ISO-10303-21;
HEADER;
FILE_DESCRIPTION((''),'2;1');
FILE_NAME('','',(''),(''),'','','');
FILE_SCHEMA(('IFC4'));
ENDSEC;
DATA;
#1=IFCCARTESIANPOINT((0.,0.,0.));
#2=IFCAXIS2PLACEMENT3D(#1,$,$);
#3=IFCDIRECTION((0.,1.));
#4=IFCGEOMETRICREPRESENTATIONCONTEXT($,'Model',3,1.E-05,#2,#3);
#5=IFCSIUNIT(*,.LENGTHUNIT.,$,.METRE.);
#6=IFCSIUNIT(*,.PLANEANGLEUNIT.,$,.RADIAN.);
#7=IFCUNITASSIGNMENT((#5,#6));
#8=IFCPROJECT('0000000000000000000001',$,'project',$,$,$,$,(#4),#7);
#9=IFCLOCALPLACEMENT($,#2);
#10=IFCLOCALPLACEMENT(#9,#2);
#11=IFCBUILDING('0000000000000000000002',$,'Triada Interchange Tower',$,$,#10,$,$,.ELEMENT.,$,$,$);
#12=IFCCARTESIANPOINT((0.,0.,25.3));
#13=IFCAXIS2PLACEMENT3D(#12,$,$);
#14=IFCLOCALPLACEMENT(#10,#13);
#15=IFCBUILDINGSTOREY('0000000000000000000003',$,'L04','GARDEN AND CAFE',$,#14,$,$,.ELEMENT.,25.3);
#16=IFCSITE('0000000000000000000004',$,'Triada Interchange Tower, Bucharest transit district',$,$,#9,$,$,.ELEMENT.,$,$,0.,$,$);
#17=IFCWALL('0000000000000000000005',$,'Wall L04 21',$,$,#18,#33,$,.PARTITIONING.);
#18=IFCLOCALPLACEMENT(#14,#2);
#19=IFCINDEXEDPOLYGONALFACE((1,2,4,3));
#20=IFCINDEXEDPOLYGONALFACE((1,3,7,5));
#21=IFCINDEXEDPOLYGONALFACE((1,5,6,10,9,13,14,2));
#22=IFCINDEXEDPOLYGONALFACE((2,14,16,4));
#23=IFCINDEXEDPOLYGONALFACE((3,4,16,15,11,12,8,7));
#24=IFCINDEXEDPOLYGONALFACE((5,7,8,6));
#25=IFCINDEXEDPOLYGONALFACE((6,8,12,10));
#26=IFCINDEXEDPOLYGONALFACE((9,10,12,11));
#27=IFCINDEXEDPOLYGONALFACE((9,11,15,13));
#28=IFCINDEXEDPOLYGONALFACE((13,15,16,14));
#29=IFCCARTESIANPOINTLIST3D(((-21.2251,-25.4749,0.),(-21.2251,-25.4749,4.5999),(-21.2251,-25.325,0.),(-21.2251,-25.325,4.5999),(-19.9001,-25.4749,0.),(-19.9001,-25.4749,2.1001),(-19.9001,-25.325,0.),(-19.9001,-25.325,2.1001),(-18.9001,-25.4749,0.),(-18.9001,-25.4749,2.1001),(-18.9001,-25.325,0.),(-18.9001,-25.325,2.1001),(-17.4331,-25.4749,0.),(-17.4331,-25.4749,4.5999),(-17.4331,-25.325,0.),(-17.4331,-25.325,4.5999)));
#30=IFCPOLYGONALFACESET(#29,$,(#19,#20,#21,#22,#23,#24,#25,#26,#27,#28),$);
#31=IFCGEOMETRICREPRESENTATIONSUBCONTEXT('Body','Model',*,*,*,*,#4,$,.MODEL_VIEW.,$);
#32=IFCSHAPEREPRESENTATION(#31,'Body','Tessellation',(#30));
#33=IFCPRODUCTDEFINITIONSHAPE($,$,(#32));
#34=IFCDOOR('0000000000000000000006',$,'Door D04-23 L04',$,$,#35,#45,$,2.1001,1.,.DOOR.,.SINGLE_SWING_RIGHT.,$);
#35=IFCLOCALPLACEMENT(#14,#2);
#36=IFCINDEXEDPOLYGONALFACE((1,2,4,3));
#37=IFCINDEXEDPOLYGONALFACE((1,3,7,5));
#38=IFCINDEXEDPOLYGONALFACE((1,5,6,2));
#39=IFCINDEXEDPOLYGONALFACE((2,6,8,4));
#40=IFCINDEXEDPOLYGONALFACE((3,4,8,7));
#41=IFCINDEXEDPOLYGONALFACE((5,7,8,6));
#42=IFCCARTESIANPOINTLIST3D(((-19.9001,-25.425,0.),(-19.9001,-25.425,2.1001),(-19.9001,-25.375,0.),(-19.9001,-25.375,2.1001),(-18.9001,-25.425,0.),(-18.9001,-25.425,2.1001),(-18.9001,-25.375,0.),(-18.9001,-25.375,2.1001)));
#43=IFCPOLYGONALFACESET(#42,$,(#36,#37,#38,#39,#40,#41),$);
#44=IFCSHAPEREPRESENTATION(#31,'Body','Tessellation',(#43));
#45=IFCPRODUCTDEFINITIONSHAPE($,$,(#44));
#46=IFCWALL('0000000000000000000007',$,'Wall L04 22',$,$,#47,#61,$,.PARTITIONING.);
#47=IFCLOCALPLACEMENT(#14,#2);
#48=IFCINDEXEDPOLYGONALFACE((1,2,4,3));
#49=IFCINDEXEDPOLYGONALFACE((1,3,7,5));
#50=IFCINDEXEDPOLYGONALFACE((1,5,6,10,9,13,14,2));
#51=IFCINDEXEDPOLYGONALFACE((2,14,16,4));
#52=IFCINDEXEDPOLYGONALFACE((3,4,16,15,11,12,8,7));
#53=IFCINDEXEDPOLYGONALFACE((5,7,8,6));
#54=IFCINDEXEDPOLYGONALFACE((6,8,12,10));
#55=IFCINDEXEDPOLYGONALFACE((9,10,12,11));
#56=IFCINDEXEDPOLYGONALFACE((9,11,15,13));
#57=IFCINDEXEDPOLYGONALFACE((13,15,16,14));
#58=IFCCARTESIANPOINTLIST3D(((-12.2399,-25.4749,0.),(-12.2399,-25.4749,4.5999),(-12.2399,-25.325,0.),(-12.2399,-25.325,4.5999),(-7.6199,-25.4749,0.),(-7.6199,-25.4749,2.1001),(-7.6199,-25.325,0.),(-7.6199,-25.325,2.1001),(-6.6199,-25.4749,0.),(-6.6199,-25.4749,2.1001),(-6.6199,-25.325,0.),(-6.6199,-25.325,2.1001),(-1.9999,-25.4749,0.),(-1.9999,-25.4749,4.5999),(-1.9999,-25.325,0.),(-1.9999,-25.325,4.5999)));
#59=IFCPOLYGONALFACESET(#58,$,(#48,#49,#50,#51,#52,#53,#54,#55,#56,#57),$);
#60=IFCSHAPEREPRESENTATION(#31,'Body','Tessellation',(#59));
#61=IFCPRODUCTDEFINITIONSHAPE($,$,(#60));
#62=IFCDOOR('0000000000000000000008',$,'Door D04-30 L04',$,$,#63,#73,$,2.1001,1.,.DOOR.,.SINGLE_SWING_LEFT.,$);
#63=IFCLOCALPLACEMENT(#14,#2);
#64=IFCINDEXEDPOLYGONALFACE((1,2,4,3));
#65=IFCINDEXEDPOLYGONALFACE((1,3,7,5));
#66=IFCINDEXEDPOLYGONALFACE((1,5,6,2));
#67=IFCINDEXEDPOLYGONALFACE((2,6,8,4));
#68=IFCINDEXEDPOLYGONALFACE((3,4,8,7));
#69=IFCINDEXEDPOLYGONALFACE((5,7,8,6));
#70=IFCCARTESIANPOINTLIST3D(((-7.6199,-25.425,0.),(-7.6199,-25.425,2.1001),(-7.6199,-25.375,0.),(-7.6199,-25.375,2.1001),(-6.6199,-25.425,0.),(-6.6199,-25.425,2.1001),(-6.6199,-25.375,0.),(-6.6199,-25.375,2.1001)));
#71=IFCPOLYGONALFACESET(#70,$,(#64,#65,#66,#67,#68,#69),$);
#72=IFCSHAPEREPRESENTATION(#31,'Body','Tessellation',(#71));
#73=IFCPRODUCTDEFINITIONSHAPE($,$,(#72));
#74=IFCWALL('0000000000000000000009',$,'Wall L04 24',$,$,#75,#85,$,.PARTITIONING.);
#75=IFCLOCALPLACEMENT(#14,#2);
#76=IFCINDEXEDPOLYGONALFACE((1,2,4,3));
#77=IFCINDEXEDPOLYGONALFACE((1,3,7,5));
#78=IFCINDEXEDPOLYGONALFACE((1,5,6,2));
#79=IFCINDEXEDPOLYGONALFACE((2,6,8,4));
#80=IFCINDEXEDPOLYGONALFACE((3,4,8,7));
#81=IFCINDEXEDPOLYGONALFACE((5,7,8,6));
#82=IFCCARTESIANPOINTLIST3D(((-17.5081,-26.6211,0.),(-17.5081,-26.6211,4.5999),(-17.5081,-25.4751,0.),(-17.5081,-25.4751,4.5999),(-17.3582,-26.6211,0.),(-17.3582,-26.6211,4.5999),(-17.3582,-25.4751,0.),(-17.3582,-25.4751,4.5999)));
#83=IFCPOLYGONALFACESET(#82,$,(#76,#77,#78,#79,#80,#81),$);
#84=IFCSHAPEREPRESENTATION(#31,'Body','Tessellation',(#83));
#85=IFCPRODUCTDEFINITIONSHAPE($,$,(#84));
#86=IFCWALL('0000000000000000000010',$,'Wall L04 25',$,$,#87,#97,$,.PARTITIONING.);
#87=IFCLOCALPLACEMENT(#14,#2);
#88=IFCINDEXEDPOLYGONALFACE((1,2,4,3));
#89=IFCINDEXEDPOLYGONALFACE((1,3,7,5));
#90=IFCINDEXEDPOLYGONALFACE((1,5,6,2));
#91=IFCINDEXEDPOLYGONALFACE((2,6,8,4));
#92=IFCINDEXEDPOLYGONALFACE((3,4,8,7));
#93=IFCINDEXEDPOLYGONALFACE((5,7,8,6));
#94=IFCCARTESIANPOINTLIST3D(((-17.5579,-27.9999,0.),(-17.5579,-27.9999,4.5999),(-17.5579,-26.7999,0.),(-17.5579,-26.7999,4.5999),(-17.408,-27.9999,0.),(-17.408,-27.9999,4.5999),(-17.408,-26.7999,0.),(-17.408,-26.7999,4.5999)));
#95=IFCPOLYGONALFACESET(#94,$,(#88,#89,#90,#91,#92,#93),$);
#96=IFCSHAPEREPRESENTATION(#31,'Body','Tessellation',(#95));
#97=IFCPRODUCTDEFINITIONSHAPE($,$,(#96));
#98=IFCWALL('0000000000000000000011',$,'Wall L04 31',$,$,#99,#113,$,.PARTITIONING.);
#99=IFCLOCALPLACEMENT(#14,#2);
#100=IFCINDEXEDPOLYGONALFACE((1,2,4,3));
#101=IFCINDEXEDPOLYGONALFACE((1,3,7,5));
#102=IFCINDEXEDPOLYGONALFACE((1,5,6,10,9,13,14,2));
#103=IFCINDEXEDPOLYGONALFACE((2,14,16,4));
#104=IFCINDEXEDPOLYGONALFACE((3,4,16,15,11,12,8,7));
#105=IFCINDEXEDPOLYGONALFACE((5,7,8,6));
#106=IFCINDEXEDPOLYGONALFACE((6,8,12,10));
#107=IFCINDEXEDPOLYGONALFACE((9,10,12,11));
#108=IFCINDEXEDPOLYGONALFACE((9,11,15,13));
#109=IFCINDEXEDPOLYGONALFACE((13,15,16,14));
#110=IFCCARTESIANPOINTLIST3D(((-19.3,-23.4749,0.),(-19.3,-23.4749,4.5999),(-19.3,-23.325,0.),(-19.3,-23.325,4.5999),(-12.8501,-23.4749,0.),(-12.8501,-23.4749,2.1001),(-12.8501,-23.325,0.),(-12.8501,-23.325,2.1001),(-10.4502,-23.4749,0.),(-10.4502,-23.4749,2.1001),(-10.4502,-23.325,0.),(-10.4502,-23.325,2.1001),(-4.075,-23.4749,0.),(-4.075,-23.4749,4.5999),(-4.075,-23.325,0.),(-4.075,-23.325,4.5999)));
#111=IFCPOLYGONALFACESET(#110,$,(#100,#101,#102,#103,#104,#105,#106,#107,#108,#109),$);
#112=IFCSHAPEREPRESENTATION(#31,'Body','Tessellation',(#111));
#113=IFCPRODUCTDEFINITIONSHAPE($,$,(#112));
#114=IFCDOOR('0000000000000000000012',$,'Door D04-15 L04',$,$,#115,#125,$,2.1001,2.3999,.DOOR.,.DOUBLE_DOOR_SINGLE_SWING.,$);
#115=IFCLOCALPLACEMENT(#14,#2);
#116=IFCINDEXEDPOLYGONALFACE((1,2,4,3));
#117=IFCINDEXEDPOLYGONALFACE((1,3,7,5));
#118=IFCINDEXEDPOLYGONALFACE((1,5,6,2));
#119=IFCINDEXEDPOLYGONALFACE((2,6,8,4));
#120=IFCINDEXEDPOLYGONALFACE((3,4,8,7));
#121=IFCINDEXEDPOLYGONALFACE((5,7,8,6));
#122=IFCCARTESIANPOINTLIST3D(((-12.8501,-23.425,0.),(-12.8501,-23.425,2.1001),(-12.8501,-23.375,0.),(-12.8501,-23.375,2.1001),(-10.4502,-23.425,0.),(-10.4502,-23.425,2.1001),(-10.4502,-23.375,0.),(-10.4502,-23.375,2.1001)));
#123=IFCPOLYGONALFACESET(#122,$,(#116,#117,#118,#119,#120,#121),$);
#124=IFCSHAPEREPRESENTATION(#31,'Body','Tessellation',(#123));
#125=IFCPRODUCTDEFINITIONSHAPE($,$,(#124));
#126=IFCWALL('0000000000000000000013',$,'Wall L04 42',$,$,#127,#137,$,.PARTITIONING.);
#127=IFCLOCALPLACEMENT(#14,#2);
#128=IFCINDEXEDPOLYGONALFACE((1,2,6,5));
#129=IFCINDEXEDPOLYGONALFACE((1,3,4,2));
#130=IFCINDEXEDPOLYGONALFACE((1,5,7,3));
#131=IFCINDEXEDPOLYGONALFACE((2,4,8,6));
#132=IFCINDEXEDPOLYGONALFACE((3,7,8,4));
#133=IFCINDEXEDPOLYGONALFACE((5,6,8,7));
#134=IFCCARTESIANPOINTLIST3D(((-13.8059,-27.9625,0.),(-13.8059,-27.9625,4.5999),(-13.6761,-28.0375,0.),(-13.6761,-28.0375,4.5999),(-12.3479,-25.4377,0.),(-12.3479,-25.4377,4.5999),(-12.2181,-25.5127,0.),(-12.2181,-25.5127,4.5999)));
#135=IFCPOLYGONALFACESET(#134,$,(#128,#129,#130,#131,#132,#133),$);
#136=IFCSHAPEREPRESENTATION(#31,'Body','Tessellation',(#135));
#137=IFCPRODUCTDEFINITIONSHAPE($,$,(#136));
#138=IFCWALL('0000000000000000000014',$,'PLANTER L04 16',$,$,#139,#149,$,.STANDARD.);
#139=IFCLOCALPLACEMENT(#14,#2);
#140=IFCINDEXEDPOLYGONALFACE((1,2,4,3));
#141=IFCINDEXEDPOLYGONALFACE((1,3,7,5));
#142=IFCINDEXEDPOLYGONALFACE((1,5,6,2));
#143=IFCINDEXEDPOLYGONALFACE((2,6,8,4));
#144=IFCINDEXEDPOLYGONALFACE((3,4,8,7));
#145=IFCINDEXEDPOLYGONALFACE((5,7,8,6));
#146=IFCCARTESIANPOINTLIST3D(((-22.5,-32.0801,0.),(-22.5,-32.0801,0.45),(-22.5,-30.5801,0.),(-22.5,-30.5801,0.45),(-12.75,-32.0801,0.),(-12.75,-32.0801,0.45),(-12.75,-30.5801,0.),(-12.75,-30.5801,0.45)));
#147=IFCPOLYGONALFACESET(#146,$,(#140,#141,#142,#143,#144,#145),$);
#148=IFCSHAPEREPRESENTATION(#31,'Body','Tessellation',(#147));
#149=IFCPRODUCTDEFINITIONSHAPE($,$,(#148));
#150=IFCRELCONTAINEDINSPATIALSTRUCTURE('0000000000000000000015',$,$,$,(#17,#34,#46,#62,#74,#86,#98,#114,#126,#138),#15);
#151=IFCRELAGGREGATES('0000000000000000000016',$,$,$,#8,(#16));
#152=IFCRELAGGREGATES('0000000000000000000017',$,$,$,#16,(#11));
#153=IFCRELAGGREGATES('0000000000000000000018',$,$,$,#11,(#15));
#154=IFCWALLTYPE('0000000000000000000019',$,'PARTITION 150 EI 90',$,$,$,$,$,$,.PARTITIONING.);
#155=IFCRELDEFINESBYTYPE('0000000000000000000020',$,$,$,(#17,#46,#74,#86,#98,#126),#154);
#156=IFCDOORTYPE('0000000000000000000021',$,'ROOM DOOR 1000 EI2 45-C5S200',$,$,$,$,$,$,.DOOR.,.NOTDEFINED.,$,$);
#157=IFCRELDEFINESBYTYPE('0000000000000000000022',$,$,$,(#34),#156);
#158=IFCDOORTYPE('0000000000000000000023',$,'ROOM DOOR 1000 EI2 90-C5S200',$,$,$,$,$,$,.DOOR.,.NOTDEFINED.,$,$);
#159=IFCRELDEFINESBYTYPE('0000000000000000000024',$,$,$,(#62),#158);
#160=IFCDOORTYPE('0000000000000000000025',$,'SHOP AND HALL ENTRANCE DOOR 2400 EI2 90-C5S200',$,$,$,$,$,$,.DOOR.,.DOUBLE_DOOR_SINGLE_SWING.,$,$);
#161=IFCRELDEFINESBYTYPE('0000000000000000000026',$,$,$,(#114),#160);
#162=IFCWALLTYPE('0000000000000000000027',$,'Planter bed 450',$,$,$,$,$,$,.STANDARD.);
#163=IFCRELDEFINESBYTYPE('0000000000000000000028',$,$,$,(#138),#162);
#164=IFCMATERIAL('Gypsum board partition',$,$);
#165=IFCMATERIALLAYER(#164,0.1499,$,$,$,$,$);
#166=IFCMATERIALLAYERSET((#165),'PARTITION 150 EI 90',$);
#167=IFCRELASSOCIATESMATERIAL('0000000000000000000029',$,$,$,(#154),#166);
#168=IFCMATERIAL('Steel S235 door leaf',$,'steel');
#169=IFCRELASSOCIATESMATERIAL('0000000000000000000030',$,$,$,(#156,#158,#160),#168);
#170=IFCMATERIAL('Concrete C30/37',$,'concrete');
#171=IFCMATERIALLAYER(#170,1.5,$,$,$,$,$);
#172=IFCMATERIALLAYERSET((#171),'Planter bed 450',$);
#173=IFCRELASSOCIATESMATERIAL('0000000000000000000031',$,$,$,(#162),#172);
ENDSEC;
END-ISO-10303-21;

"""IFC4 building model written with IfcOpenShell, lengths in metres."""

from ifc_helpers import new_model, si_unit, direction, frame, frame_2d, origin, place, context, subcontext, project, spatial, rectangle, extrude, material, layer, layer_set, type_object, element, fill, save


model = new_model("IFC4")

# Units and contexts
model_context = context("Model", 3, precision=1e-05, world=origin(), true_north=direction((0.0, 1.0)))
body_context = subcontext(model_context, "Body", "Model", "MODEL_VIEW")
ifc_project = project(units=[si_unit("LENGTHUNIT", "METRE"), si_unit("PLANEANGLEUNIT", "RADIAN")], contexts=[model_context])

# Site, building, storey
site_placement = place(None, origin())
site = spatial("IfcSite", under=ifc_project, at=site_placement, Name="Triada Interchange Tower, Bucharest transit district", CompositionType="ELEMENT", RefElevation=0.0)
building_placement = place(site_placement, origin())
building = spatial("IfcBuilding", under=site, at=building_placement, Name="Triada Interchange Tower", CompositionType="ELEMENT")
storey_placement = place(building_placement, frame((0.0, 0.0, 25.3)))
storey = spatial("IfcBuildingStorey", under=building, at=storey_placement, Name="L04", Description="GARDEN AND CAFE", CompositionType="ELEMENT", Elevation=25.3)

# Shared definitions
ifc_material_1 = material(Name="Gypsum board partition")
ifc_layer_1 = layer(ifc_material_1, 0.1499)
ifc_layer_set_1 = layer_set([ifc_layer_1], Name="PARTITION 150 EI 90")
wall_type_1 = type_object("IfcWallType", Name="PARTITION 150 EI 90", PredefinedType="PARTITIONING", material=ifc_layer_set_1)

# Walls, openings, doors
wall_1_placement = place(storey_placement, frame((-21.2251, -25.3999, 0.0), z_axis=(0.0, 0.0, 1.0), x_axis=(1.0, 0.0, 0.0)))
wall_1 = element("IfcWall", 1, at=wall_1_placement, inside=storey, type_object=wall_type_1, Name="Wall L04 21", PredefinedType="PARTITIONING", context=body_context, shape_type="SweptSolid", body=[
    extrude(rectangle(XDim=3.792, YDim=0.1499, at=frame_2d((1.896, 0.0))), origin(), (0.0, 0.0, 1.0), 4.5999),
])
opening_1_placement = place(wall_1_placement, frame((1.325, 0.0, 0.0)))
opening_1 = element("IfcOpeningElement", 2, at=opening_1_placement, cuts=wall_1, PredefinedType="OPENING", context=body_context, shape_type="SweptSolid", body=[
    extrude(rectangle(XDim=1.0, YDim=2.1001, at=frame_2d((0.5, 1.05))), frame((0.0, 0.085, 0.0), z_axis=(0.0, -1.0, 0.0), x_axis=(1.0, 0.0, 0.0)), (0.0, 0.0, 1.0), 0.1699),
])
ifc_material_2 = material(Name="Steel S235 door leaf", Category="steel")
door_type_1 = type_object("IfcDoorType", Name="ROOM DOOR 1000 EI2 45-C5S200", OperationType="NOTDEFINED", PredefinedType="DOOR", material=ifc_material_2)
door_1_placement = place(opening_1_placement, origin())
door_1 = element("IfcDoor", 3, at=door_1_placement, inside=storey, type_object=door_type_1, Name="Door D04-23 L04", OperationType="SINGLE_SWING_RIGHT", OverallHeight=2.1001, OverallWidth=1.0, PredefinedType="DOOR", context=body_context, shape_type="SweptSolid", body=[
    extrude(rectangle(XDim=1.0, YDim=2.1001, at=frame_2d((0.5, 1.05))), frame((0.0, 0.0249, 0.0), z_axis=(0.0, -1.0, 0.0), x_axis=(1.0, 0.0, 0.0)), (0.0, 0.0, 1.0), 0.05),
])
fill(opening_1, door_1)
wall_2_placement = place(storey_placement, frame((-12.24, -25.3999, 0.0), z_axis=(0.0, 0.0, 1.0), x_axis=(1.0, 0.0, 0.0)))
wall_2 = element("IfcWall", 4, at=wall_2_placement, inside=storey, type_object=wall_type_1, Name="Wall L04 22", PredefinedType="PARTITIONING", context=body_context, shape_type="SweptSolid", body=[
    extrude(rectangle(XDim=10.24, YDim=0.1499, at=frame_2d((5.1201, 0.0))), origin(), (0.0, 0.0, 1.0), 4.5999),
])
opening_2_placement = place(wall_2_placement, frame((4.6201, 0.0, 0.0)))
opening_2 = element("IfcOpeningElement", 5, at=opening_2_placement, cuts=wall_2, PredefinedType="OPENING", context=body_context, shape_type="SweptSolid", body=[
    extrude(rectangle(XDim=1.0, YDim=2.1001, at=frame_2d((0.5, 1.05))), frame((0.0, 0.085, 0.0), z_axis=(0.0, -1.0, 0.0), x_axis=(1.0, 0.0, 0.0)), (0.0, 0.0, 1.0), 0.1699),
])
door_type_2 = type_object("IfcDoorType", Name="ROOM DOOR 1000 EI2 90-C5S200", OperationType="NOTDEFINED", PredefinedType="DOOR", material=ifc_material_2)
door_2_placement = place(opening_2_placement, origin())
door_2 = element("IfcDoor", 6, at=door_2_placement, inside=storey, type_object=door_type_2, Name="Door D04-30 L04", OperationType="SINGLE_SWING_LEFT", OverallHeight=2.1001, OverallWidth=1.0, PredefinedType="DOOR", context=body_context, shape_type="SweptSolid", body=[
    extrude(rectangle(XDim=1.0, YDim=2.1001, at=frame_2d((0.5, 1.05))), frame((0.0, 0.0249, 0.0), z_axis=(0.0, -1.0, 0.0), x_axis=(1.0, 0.0, 0.0)), (0.0, 0.0, 1.0), 0.05),
])
fill(opening_2, door_2)

# Walls
wall_3_placement = place(storey_placement, frame((-17.4331, -26.6211, 0.0), z_axis=(0.0, 0.0, 1.0), x_axis=(0.0, 1.0, 0.0)))
element("IfcWall", 7, at=wall_3_placement, inside=storey, type_object=wall_type_1, Name="Wall L04 24", PredefinedType="PARTITIONING", context=body_context, shape_type="SweptSolid", body=[
    extrude(rectangle(XDim=1.146, YDim=0.1499, at=frame_2d((0.573, 0.0))), origin(), (0.0, 0.0, 1.0), 4.5999),
])
wall_4_placement = place(storey_placement, frame((-17.4829, -28.0, 0.0), z_axis=(0.0, 0.0, 1.0), x_axis=(0.0, 1.0, 0.0)))
element("IfcWall", 8, at=wall_4_placement, inside=storey, type_object=wall_type_1, Name="Wall L04 25", PredefinedType="PARTITIONING", context=body_context, shape_type="SweptSolid", body=[
    extrude(rectangle(XDim=1.2, YDim=0.1499, at=frame_2d((0.6001, 0.0))), origin(), (0.0, 0.0, 1.0), 4.5999),
])

# Wall, opening, door
wall_5_placement = place(storey_placement, frame((-19.3, -23.3999, 0.0), z_axis=(0.0, 0.0, 1.0), x_axis=(1.0, 0.0, 0.0)))
wall_5 = element("IfcWall", 9, at=wall_5_placement, inside=storey, type_object=wall_type_1, Name="Wall L04 31", PredefinedType="PARTITIONING", context=body_context, shape_type="SweptSolid", body=[
    extrude(rectangle(XDim=15.2251, YDim=0.1499, at=frame_2d((7.6125, 0.0))), origin(), (0.0, 0.0, 1.0), 4.5999),
])
opening_3_placement = place(wall_5_placement, frame((6.45, 0.0, 0.0)))
opening_3 = element("IfcOpeningElement", 10, at=opening_3_placement, cuts=wall_5, PredefinedType="OPENING", context=body_context, shape_type="SweptSolid", body=[
    extrude(rectangle(XDim=2.3999, YDim=2.1001, at=frame_2d((1.2, 1.05))), frame((0.0, 0.085, 0.0), z_axis=(0.0, -1.0, 0.0), x_axis=(1.0, 0.0, 0.0)), (0.0, 0.0, 1.0), 0.1699),
])
door_type_3 = type_object("IfcDoorType", Name="SHOP AND HALL ENTRANCE DOOR 2400 EI2 90-C5S200", OperationType="DOUBLE_DOOR_SINGLE_SWING", PredefinedType="DOOR", material=ifc_material_2)
door_3_placement = place(opening_3_placement, origin())
door_3 = element("IfcDoor", 11, at=door_3_placement, inside=storey, type_object=door_type_3, Name="Door D04-15 L04", OperationType="DOUBLE_DOOR_SINGLE_SWING", OverallHeight=2.1001, OverallWidth=2.3999, PredefinedType="DOOR", context=body_context, shape_type="SweptSolid", body=[
    extrude(rectangle(XDim=2.3999, YDim=2.1001, at=frame_2d((1.2, 1.05))), frame((0.0, 0.0249, 0.0), z_axis=(0.0, -1.0, 0.0), x_axis=(1.0, 0.0, 0.0)), (0.0, 0.0, 1.0), 0.05),
])
fill(opening_3, door_3)

# Walls
wall_6_placement = place(storey_placement, frame((-13.741, -28.0, 0.0), z_axis=(0.0, 0.0, 1.0), x_axis=(0.500066, 0.865988, 0.0)))
element("IfcWall", 12, at=wall_6_placement, inside=storey, type_object=wall_type_1, Name="Wall L04 42", PredefinedType="PARTITIONING", context=body_context, shape_type="SweptSolid", body=[
    extrude(rectangle(XDim=2.9155, YDim=0.1499, at=frame_2d((1.4578, 0.0))), origin(), (0.0, 0.0, 1.0), 4.5999),
])
ifc_material_3 = material(Name="Concrete C30/37", Category="concrete")
ifc_layer_2 = layer(ifc_material_3, 1.5)
ifc_layer_set_2 = layer_set([ifc_layer_2], Name="Planter bed 450")
wall_type_2 = type_object("IfcWallType", Name="Planter bed 450", PredefinedType="STANDARD", material=ifc_layer_set_2)
wall_7_placement = place(storey_placement, frame((-22.5, -31.3301, 0.0), z_axis=(0.0, 0.0, 1.0), x_axis=(1.0, 0.0, 0.0)))
element("IfcWall", 13, at=wall_7_placement, inside=storey, type_object=wall_type_2, Name="PLANTER L04 16", PredefinedType="STANDARD", context=body_context, shape_type="SweptSolid", body=[
    extrude(rectangle(XDim=9.75, YDim=1.5, at=frame_2d((4.875, 0.0))), origin(), (0.0, 0.0, 1.0), 0.45),
])

save(model, "model.ifc")
